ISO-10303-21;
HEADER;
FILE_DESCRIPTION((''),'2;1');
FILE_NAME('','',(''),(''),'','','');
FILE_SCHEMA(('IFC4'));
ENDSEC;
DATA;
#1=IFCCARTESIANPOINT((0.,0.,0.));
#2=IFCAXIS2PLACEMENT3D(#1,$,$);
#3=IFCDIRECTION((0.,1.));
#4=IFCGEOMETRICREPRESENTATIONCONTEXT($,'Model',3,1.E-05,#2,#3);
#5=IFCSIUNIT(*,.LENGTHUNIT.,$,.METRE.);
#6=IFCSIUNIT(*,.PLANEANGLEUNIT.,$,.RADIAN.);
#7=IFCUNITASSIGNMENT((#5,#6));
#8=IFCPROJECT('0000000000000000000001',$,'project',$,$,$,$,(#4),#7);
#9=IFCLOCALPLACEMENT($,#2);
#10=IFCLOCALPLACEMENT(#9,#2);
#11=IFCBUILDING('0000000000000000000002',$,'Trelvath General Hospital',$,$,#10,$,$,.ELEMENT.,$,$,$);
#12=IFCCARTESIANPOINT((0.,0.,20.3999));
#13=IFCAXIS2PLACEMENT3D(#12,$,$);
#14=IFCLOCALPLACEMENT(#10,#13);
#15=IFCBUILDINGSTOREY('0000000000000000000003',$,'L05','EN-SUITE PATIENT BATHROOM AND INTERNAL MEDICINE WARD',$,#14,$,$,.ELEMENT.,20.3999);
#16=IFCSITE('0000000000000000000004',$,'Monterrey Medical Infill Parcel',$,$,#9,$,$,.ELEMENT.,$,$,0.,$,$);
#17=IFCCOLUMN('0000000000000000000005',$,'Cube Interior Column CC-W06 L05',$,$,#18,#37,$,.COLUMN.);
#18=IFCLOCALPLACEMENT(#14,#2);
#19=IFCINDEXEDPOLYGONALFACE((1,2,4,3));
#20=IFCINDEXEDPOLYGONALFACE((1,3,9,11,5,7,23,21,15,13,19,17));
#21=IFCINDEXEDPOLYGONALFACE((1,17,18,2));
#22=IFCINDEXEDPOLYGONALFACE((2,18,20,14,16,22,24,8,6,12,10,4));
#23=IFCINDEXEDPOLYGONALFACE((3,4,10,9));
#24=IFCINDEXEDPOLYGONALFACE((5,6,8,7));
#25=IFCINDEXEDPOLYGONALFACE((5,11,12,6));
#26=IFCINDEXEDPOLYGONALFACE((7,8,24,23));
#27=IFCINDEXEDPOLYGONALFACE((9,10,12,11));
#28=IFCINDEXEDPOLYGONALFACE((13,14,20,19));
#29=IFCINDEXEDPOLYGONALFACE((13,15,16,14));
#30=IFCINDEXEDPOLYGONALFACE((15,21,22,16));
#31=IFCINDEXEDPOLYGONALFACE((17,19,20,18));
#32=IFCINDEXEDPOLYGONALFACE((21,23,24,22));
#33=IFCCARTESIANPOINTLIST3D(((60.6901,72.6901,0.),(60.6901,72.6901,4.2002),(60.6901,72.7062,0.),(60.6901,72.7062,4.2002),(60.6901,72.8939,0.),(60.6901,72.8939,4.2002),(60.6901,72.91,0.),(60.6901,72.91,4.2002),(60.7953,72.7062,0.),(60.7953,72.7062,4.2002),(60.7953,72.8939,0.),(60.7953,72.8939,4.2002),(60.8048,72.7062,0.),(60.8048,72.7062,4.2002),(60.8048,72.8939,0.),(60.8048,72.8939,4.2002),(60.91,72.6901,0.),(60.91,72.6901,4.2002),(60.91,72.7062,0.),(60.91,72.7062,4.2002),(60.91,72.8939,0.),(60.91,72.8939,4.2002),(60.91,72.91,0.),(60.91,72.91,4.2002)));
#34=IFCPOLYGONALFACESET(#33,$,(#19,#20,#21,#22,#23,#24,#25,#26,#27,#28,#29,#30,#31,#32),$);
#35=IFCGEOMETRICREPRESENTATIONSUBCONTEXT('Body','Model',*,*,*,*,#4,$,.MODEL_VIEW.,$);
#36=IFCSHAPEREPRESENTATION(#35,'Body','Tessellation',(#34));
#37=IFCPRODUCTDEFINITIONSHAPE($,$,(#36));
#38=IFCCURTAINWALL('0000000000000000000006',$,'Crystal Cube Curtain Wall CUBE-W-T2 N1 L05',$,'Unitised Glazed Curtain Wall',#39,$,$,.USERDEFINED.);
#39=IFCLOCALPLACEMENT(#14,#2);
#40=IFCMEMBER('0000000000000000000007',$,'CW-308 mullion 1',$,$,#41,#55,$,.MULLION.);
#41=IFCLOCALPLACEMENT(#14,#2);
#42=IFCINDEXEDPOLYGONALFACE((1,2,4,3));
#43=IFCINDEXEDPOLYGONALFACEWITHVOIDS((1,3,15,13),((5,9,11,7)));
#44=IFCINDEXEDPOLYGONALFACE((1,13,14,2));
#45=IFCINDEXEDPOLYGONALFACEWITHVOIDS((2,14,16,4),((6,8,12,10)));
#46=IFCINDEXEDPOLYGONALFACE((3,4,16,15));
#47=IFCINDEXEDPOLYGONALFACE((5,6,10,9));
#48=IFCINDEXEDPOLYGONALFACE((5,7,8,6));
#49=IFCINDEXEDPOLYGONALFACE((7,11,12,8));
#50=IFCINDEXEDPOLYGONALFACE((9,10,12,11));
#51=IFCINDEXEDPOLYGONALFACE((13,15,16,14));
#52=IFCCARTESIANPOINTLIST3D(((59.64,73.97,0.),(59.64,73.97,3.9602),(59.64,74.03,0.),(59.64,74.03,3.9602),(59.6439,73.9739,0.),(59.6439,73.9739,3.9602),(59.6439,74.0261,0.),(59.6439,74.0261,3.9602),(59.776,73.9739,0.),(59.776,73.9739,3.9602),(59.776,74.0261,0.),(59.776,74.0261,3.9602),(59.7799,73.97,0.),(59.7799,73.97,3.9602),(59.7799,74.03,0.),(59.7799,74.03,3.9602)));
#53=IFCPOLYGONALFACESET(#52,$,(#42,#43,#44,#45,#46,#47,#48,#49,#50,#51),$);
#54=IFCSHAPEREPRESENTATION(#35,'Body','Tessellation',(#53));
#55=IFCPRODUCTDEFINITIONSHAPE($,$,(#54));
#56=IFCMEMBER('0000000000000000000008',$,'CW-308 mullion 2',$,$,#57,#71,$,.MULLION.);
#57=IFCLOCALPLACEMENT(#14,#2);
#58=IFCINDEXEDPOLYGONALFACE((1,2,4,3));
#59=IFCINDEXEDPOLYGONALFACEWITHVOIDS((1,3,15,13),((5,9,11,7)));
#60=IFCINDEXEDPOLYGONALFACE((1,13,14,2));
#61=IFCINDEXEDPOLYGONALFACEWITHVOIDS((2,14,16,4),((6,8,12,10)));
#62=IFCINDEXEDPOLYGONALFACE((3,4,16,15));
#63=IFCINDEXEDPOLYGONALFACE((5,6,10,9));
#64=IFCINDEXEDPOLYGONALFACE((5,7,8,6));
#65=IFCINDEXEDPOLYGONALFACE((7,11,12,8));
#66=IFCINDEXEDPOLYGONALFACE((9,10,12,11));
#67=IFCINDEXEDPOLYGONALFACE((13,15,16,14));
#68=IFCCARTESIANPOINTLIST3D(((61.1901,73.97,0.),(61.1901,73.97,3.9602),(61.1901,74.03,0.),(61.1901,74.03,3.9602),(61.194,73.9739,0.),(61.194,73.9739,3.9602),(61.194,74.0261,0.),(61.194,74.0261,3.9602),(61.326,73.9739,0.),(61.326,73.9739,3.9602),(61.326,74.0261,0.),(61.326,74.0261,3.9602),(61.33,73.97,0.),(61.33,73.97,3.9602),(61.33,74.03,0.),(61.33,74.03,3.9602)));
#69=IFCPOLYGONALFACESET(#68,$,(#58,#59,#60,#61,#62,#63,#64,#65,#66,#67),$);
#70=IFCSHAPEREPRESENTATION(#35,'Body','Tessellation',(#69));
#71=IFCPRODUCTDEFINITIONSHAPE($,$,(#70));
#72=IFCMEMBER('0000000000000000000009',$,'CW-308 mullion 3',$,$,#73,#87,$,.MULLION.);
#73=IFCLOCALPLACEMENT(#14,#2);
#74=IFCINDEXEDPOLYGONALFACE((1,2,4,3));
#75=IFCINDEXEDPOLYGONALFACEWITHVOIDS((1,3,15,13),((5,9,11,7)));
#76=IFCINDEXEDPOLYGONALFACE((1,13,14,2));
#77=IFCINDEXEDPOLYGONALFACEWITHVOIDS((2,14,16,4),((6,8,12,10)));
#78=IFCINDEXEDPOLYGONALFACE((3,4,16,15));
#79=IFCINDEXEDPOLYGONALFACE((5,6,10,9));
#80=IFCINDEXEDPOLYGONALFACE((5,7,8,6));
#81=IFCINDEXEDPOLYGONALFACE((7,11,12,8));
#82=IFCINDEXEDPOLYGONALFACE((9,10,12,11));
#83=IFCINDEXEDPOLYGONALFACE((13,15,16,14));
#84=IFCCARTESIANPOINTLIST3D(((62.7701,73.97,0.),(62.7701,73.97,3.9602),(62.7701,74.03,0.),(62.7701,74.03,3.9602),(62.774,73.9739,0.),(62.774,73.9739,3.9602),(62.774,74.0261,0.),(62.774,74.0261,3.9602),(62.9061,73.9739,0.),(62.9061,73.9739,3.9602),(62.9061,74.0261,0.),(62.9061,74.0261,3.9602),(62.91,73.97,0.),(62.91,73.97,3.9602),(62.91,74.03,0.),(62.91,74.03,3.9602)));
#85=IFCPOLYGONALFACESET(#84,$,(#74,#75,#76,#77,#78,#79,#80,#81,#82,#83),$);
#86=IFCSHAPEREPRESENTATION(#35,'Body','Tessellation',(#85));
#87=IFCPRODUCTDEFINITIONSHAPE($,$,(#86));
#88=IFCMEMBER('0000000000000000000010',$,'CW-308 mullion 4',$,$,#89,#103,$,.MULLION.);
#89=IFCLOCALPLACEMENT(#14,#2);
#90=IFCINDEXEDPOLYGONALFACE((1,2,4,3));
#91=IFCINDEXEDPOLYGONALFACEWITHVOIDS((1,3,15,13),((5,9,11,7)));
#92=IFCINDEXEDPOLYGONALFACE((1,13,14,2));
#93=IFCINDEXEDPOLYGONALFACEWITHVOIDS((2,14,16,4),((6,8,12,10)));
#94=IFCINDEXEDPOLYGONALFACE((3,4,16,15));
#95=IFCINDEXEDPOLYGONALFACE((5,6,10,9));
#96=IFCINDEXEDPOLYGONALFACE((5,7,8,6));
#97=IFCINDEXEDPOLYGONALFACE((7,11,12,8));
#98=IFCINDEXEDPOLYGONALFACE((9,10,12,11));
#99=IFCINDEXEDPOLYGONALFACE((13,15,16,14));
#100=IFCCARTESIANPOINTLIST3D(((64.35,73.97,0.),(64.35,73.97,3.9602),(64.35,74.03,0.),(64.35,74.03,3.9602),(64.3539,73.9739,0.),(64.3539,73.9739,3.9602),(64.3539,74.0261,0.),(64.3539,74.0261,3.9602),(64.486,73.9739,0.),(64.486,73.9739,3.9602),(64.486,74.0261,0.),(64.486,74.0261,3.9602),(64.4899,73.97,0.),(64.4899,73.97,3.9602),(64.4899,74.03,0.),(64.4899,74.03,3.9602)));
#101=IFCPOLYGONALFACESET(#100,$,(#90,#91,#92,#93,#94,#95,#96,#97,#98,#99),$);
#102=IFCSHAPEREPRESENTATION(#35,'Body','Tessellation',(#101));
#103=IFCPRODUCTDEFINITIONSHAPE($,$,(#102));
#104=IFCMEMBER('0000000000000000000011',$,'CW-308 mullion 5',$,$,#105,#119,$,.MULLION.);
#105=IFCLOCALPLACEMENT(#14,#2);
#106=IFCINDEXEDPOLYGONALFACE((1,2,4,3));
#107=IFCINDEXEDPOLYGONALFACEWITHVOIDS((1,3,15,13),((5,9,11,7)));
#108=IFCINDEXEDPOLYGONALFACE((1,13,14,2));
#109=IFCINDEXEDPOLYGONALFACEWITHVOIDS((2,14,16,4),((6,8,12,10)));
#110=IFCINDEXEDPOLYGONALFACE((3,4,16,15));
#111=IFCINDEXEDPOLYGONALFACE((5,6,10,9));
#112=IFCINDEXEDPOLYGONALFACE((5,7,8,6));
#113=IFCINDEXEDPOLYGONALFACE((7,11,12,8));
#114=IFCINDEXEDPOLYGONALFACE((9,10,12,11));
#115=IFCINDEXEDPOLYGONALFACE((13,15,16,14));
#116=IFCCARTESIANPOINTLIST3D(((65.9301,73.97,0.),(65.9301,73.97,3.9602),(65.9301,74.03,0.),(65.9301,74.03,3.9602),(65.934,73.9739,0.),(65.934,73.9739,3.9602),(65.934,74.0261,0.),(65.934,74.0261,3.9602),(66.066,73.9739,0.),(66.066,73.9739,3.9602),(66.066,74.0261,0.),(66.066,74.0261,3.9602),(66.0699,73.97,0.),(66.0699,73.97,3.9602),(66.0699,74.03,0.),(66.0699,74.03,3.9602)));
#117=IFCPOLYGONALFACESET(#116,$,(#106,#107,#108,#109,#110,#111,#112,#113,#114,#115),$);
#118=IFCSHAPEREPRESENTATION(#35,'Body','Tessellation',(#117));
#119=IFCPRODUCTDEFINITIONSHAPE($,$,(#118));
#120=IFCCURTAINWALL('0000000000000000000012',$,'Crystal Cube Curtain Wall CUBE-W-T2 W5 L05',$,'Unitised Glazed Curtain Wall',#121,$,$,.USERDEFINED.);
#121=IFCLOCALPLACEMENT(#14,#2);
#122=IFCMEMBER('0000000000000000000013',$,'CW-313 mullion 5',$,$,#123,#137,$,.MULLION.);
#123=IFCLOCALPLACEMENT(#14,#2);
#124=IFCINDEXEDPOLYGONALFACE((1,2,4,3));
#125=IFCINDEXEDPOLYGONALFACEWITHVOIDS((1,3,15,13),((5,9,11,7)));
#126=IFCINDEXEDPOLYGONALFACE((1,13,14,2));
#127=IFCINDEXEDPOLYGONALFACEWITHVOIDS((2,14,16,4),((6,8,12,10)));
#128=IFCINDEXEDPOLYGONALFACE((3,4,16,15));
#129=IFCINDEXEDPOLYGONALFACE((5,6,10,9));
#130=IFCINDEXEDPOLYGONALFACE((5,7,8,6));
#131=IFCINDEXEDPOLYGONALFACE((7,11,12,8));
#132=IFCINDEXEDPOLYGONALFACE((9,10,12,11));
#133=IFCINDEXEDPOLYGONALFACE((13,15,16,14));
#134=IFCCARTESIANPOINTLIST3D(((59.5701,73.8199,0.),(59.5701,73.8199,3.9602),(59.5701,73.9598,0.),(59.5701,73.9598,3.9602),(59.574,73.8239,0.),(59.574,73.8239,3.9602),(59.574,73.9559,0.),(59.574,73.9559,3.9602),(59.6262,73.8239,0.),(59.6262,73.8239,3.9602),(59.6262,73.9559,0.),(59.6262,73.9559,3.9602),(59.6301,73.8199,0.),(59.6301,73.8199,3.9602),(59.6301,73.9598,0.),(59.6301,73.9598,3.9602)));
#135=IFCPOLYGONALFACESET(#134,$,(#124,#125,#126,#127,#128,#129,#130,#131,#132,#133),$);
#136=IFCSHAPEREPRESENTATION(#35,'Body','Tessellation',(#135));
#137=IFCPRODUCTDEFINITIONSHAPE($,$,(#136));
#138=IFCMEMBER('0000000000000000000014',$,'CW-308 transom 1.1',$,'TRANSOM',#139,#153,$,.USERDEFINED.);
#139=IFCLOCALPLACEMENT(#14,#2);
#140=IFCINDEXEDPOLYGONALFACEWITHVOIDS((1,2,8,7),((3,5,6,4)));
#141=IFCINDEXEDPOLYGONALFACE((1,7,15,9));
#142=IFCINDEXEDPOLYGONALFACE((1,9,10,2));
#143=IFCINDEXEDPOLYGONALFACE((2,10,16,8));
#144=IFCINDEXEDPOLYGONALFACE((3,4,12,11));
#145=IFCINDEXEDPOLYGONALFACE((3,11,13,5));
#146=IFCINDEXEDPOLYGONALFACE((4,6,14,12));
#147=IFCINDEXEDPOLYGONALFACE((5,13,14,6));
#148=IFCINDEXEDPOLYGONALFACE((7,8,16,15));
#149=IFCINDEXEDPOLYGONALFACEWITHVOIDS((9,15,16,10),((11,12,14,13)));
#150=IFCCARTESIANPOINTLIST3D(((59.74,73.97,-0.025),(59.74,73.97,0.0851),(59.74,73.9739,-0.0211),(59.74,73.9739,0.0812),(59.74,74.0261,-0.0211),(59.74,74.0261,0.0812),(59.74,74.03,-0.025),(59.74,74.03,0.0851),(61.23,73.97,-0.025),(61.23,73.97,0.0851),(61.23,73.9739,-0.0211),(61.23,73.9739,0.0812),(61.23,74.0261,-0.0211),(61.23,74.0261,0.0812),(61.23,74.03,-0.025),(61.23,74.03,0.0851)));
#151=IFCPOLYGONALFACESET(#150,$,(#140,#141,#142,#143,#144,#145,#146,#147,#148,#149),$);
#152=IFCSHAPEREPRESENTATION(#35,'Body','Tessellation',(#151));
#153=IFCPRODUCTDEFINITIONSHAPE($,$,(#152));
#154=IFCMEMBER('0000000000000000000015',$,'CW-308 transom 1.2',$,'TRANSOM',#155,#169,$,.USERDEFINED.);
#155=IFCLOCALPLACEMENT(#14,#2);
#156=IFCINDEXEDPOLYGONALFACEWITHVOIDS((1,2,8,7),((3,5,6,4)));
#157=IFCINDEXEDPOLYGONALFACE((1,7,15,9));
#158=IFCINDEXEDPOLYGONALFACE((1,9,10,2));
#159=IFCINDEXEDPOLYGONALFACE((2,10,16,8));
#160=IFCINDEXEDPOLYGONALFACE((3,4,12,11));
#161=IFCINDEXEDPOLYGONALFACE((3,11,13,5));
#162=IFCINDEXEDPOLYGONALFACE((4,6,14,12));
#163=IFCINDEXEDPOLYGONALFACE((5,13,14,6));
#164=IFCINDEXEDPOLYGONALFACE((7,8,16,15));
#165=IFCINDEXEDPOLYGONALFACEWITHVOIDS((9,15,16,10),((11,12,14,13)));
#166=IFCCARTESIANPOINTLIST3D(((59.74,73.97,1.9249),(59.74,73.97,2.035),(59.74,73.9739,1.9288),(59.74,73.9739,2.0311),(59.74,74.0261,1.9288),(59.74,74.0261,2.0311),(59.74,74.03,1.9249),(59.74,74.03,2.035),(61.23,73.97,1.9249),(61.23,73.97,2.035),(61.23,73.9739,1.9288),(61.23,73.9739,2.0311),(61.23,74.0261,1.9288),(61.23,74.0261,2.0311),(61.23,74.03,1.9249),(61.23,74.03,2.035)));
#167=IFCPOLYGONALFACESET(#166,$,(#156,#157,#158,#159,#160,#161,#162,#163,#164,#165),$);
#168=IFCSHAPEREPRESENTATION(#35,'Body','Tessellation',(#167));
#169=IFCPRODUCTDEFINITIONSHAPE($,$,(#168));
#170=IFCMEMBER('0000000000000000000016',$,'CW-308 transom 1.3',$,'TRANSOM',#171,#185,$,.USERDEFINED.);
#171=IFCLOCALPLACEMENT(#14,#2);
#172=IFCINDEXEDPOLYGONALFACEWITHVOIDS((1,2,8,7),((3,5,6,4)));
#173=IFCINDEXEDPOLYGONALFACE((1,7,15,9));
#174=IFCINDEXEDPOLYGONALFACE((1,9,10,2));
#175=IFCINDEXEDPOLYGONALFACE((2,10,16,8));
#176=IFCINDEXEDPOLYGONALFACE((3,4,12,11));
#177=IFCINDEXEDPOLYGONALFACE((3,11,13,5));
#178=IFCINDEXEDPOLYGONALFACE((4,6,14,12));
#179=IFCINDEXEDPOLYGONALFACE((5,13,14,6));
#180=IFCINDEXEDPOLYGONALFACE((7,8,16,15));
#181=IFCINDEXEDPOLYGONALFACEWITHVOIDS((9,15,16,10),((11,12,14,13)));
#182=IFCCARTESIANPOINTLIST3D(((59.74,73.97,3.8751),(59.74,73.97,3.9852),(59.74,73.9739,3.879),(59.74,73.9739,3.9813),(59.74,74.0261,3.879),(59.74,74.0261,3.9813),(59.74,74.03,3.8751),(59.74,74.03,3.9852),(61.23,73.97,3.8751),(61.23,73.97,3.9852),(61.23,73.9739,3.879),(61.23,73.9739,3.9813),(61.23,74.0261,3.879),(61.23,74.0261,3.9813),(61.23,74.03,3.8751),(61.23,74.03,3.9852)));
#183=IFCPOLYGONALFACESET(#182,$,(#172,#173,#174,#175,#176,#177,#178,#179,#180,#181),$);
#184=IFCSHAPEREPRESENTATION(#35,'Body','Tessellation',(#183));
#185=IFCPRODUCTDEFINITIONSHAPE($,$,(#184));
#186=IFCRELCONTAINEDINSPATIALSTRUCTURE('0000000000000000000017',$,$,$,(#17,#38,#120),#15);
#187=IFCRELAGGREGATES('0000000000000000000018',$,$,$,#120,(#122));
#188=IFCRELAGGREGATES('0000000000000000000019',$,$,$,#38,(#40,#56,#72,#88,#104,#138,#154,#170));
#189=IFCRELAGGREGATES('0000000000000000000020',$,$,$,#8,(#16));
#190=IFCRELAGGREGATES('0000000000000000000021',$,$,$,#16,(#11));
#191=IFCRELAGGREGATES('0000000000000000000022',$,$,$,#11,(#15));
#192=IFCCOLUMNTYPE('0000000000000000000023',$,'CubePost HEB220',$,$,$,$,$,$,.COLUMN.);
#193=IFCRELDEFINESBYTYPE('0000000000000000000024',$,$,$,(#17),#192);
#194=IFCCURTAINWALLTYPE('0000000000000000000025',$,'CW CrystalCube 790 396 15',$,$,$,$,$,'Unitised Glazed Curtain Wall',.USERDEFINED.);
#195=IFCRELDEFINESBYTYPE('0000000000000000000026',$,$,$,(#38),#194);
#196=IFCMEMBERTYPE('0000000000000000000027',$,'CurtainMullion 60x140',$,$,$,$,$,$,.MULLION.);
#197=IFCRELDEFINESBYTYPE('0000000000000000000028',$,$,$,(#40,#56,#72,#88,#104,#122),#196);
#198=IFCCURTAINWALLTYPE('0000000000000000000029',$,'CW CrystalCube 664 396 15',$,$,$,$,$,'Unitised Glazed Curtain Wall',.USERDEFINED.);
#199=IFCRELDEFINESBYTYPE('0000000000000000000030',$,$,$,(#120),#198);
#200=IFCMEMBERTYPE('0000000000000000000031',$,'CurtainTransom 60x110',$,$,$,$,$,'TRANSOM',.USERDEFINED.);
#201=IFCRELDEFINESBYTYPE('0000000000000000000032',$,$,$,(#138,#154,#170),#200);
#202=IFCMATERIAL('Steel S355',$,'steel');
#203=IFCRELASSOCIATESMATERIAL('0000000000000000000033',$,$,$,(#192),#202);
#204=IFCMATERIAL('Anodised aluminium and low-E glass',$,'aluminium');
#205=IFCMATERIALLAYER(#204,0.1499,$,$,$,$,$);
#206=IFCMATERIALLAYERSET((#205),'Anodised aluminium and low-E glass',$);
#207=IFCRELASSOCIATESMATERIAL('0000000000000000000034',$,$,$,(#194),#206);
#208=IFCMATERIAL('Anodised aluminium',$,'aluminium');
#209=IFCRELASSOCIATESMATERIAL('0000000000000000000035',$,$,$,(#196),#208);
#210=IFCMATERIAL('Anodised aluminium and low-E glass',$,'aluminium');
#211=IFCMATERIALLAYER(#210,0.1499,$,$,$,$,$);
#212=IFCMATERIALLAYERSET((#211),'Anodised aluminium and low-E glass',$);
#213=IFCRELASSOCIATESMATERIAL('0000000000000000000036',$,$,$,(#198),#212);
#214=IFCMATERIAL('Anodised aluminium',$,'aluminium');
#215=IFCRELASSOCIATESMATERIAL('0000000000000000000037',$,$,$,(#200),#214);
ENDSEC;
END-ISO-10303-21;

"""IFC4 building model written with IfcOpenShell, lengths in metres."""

from ifc_helpers import new_model, si_unit, direction, frame, origin, origin_2d, place, context, subcontext, project, spatial, hollow_rectangle, i_section, extrude, material, layer, layer_set, material_profile, profile_set, type_object, element, aggregate, save


model = new_model("IFC4")

# Units and contexts
model_context = context("Model", 3, precision=1e-05, world=origin(), true_north=direction((0.0, 1.0)))
body_context = subcontext(model_context, "Body", "Model", "MODEL_VIEW")
ifc_project = project(units=[si_unit("LENGTHUNIT", "METRE"), si_unit("PLANEANGLEUNIT", "RADIAN")], contexts=[model_context])

# Site, building, storey
site_placement = place(None, origin())
site = spatial("IfcSite", under=ifc_project, at=site_placement, Name="Monterrey Medical Infill Parcel", CompositionType="ELEMENT", RefElevation=0.0)
building_placement = place(site_placement, origin())
building = spatial("IfcBuilding", under=site, at=building_placement, Name="Trelvath General Hospital", CompositionType="ELEMENT")
storey_placement = place(building_placement, frame((0.0, 0.0, 20.3999)))
storey = spatial("IfcBuildingStorey", under=building, at=storey_placement, Name="L05", Description="EN-SUITE PATIENT BATHROOM AND INTERNAL MEDICINE WARD", CompositionType="ELEMENT", Elevation=20.3999)

# Column
ifc_material_1 = material(Name="Steel S355", Category="steel")
ifc_material_profile_1 = material_profile(ifc_material_1, i_section(OverallWidth=0.22, OverallDepth=0.22, WebThickness=0.0095, FlangeThickness=0.0161, at=origin_2d()), Name="HEB220")
ifc_profile_set_1 = profile_set([ifc_material_profile_1], Name="Steel S355")
column_type = type_object("IfcColumnType", Name="CubePost HEB220", PredefinedType="COLUMN", material=ifc_profile_set_1)
column_placement = place(storey_placement, frame((60.8, 72.8, 0.0), z_axis=(0.0, 0.0, 1.0), x_axis=(1.0, 0.0, 0.0)))
element("IfcColumn", 1, at=column_placement, inside=storey, type_object=column_type, Name="Cube Interior Column CC-W06 L05", PredefinedType="COLUMN", context=body_context, shape_type="SweptSolid", body=[
    extrude(i_section(OverallWidth=0.22, OverallDepth=0.22, WebThickness=0.0095, FlangeThickness=0.0161, at=origin_2d()), origin(), (0.0, 0.0, 1.0), 4.2002),
])

# Curtain wall, members
ifc_material_2 = material(Name="Anodised aluminium and low-E glass", Category="aluminium")
ifc_layer_1 = layer(ifc_material_2, 0.1499)
ifc_layer_set_1 = layer_set([ifc_layer_1], Name="Anodised aluminium and low-E glass")
curtain_wall_type_1 = type_object("IfcCurtainWallType", Name="CW CrystalCube 790 396 15", ElementType="Unitised Glazed Curtain Wall", PredefinedType="USERDEFINED", material=ifc_layer_set_1)
curtain_wall_1_placement = place(storey_placement, origin())
curtain_wall_1 = element("IfcCurtainWall", 2, at=curtain_wall_1_placement, inside=storey, type_object=curtain_wall_type_1, Name="Crystal Cube Curtain Wall CUBE-W-T2 N1 L05", ObjectType="Unitised Glazed Curtain Wall", PredefinedType="USERDEFINED")
ifc_material_3 = material(Name="Anodised aluminium", Category="aluminium")
ifc_material_profile_2 = material_profile(ifc_material_3, hollow_rectangle(XDim=0.0601, YDim=0.1399, WallThickness=0.0039, at=origin_2d()), Name="RHS60x140x4")
ifc_profile_set_2 = profile_set([ifc_material_profile_2], Name="Anodised aluminium")
member_type_1 = type_object("IfcMemberType", Name="CurtainMullion 60x140", PredefinedType="MULLION", material=ifc_profile_set_2)
member_1_placement = place(storey_placement, frame((59.71, 74.0, 0.0), z_axis=(0.0, 0.0, 1.0), x_axis=(0.0, 1.0, 0.0)))
member_1 = element("IfcMember", 3, at=member_1_placement, type_object=member_type_1, Name="CW-308 mullion 1", PredefinedType="MULLION", context=body_context, shape_type="SweptSolid", body=[
    extrude(hollow_rectangle(XDim=0.0601, YDim=0.1399, WallThickness=0.0039, at=origin_2d()), origin(), (0.0, 0.0, 1.0), 3.9602),
])
member_2_placement = place(storey_placement, frame((61.26, 74.0, 0.0), z_axis=(0.0, 0.0, 1.0), x_axis=(0.0, 1.0, 0.0)))
member_2 = element("IfcMember", 4, at=member_2_placement, type_object=member_type_1, Name="CW-308 mullion 2", PredefinedType="MULLION", context=body_context, shape_type="SweptSolid", body=[
    extrude(hollow_rectangle(XDim=0.0601, YDim=0.1399, WallThickness=0.0039, at=origin_2d()), origin(), (0.0, 0.0, 1.0), 3.9602),
])
member_3_placement = place(storey_placement, frame((62.8401, 74.0, 0.0), z_axis=(0.0, 0.0, 1.0), x_axis=(0.0, 1.0, 0.0)))
member_3 = element("IfcMember", 5, at=member_3_placement, type_object=member_type_1, Name="CW-308 mullion 3", PredefinedType="MULLION", context=body_context, shape_type="SweptSolid", body=[
    extrude(hollow_rectangle(XDim=0.0601, YDim=0.1399, WallThickness=0.0039, at=origin_2d()), origin(), (0.0, 0.0, 1.0), 3.9602),
])
member_4_placement = place(storey_placement, frame((64.4199, 74.0, 0.0), z_axis=(0.0, 0.0, 1.0), x_axis=(0.0, 1.0, 0.0)))
member_4 = element("IfcMember", 6, at=member_4_placement, type_object=member_type_1, Name="CW-308 mullion 4", PredefinedType="MULLION", context=body_context, shape_type="SweptSolid", body=[
    extrude(hollow_rectangle(XDim=0.0601, YDim=0.1399, WallThickness=0.0039, at=origin_2d()), origin(), (0.0, 0.0, 1.0), 3.9602),
])
member_5_placement = place(storey_placement, frame((66.0, 74.0, 0.0), z_axis=(0.0, 0.0, 1.0), x_axis=(0.0, 1.0, 0.0)))
member_5 = element("IfcMember", 7, at=member_5_placement, type_object=member_type_1, Name="CW-308 mullion 5", PredefinedType="MULLION", context=body_context, shape_type="SweptSolid", body=[
    extrude(hollow_rectangle(XDim=0.0601, YDim=0.1399, WallThickness=0.0039, at=origin_2d()), origin(), (0.0, 0.0, 1.0), 3.9602),
])

# Curtain wall, member
ifc_material_4 = material(Name="Anodised aluminium and low-E glass", Category="aluminium")
ifc_layer_2 = layer(ifc_material_4, 0.1499)
ifc_layer_set_2 = layer_set([ifc_layer_2], Name="Anodised aluminium and low-E glass")
curtain_wall_type_2 = type_object("IfcCurtainWallType", Name="CW CrystalCube 664 396 15", ElementType="Unitised Glazed Curtain Wall", PredefinedType="USERDEFINED", material=ifc_layer_set_2)
curtain_wall_2_placement = place(storey_placement, origin())
curtain_wall_2 = element("IfcCurtainWall", 8, at=curtain_wall_2_placement, inside=storey, type_object=curtain_wall_type_2, Name="Crystal Cube Curtain Wall CUBE-W-T2 W5 L05", ObjectType="Unitised Glazed Curtain Wall", PredefinedType="USERDEFINED")
member_6_placement = place(storey_placement, frame((59.6001, 73.8899, 0.0), z_axis=(0.0, 0.0, 1.0), x_axis=(-1.0, 0.0, 0.0)))
member_6 = element("IfcMember", 9, at=member_6_placement, type_object=member_type_1, Name="CW-313 mullion 5", PredefinedType="MULLION", context=body_context, shape_type="SweptSolid", body=[
    extrude(hollow_rectangle(XDim=0.0601, YDim=0.1399, WallThickness=0.0039, at=origin_2d()), origin(), (0.0, 0.0, 1.0), 3.9602),
])
aggregate(curtain_wall_2, [member_6])

# Members
ifc_material_5 = material(Name="Anodised aluminium", Category="aluminium")
ifc_material_profile_3 = material_profile(ifc_material_5, hollow_rectangle(XDim=0.0601, YDim=0.1101, WallThickness=0.0039, at=origin_2d()), Name="RHS60x110x4")
ifc_profile_set_3 = profile_set([ifc_material_profile_3], Name="Anodised aluminium")
member_type_2 = type_object("IfcMemberType", Name="CurtainTransom 60x110", ElementType="TRANSOM", PredefinedType="USERDEFINED", material=ifc_profile_set_3)
member_7_placement = place(storey_placement, frame((59.74, 74.0, 0.03), z_axis=(1.0, 0.0, 0.0), x_axis=(0.0, 1.0, 0.0)))
member_7 = element("IfcMember", 10, at=member_7_placement, type_object=member_type_2, Name="CW-308 transom 1.1", ObjectType="TRANSOM", PredefinedType="USERDEFINED", context=body_context, shape_type="SweptSolid", body=[
    extrude(hollow_rectangle(XDim=0.0601, YDim=0.1101, WallThickness=0.0039, at=origin_2d()), origin(), (0.0, 0.0, 1.0), 1.49),
])
member_8_placement = place(storey_placement, frame((59.74, 74.0, 1.98), z_axis=(1.0, 0.0, 0.0), x_axis=(0.0, 1.0, 0.0)))
member_8 = element("IfcMember", 11, at=member_8_placement, type_object=member_type_2, Name="CW-308 transom 1.2", ObjectType="TRANSOM", PredefinedType="USERDEFINED", context=body_context, shape_type="SweptSolid", body=[
    extrude(hollow_rectangle(XDim=0.0601, YDim=0.1101, WallThickness=0.0039, at=origin_2d()), origin(), (0.0, 0.0, 1.0), 1.49),
])
member_9_placement = place(storey_placement, frame((59.74, 74.0, 3.9302), z_axis=(1.0, 0.0, 0.0), x_axis=(0.0, 1.0, 0.0)))
member_9 = element("IfcMember", 12, at=member_9_placement, type_object=member_type_2, Name="CW-308 transom 1.3", ObjectType="TRANSOM", PredefinedType="USERDEFINED", context=body_context, shape_type="SweptSolid", body=[
    extrude(hollow_rectangle(XDim=0.0601, YDim=0.1101, WallThickness=0.0039, at=origin_2d()), origin(), (0.0, 0.0, 1.0), 1.49),
])

aggregate(curtain_wall_1, [member_1, member_2, member_3, member_4, member_5, member_7, member_8, member_9])

save(model, "model.ifc")
